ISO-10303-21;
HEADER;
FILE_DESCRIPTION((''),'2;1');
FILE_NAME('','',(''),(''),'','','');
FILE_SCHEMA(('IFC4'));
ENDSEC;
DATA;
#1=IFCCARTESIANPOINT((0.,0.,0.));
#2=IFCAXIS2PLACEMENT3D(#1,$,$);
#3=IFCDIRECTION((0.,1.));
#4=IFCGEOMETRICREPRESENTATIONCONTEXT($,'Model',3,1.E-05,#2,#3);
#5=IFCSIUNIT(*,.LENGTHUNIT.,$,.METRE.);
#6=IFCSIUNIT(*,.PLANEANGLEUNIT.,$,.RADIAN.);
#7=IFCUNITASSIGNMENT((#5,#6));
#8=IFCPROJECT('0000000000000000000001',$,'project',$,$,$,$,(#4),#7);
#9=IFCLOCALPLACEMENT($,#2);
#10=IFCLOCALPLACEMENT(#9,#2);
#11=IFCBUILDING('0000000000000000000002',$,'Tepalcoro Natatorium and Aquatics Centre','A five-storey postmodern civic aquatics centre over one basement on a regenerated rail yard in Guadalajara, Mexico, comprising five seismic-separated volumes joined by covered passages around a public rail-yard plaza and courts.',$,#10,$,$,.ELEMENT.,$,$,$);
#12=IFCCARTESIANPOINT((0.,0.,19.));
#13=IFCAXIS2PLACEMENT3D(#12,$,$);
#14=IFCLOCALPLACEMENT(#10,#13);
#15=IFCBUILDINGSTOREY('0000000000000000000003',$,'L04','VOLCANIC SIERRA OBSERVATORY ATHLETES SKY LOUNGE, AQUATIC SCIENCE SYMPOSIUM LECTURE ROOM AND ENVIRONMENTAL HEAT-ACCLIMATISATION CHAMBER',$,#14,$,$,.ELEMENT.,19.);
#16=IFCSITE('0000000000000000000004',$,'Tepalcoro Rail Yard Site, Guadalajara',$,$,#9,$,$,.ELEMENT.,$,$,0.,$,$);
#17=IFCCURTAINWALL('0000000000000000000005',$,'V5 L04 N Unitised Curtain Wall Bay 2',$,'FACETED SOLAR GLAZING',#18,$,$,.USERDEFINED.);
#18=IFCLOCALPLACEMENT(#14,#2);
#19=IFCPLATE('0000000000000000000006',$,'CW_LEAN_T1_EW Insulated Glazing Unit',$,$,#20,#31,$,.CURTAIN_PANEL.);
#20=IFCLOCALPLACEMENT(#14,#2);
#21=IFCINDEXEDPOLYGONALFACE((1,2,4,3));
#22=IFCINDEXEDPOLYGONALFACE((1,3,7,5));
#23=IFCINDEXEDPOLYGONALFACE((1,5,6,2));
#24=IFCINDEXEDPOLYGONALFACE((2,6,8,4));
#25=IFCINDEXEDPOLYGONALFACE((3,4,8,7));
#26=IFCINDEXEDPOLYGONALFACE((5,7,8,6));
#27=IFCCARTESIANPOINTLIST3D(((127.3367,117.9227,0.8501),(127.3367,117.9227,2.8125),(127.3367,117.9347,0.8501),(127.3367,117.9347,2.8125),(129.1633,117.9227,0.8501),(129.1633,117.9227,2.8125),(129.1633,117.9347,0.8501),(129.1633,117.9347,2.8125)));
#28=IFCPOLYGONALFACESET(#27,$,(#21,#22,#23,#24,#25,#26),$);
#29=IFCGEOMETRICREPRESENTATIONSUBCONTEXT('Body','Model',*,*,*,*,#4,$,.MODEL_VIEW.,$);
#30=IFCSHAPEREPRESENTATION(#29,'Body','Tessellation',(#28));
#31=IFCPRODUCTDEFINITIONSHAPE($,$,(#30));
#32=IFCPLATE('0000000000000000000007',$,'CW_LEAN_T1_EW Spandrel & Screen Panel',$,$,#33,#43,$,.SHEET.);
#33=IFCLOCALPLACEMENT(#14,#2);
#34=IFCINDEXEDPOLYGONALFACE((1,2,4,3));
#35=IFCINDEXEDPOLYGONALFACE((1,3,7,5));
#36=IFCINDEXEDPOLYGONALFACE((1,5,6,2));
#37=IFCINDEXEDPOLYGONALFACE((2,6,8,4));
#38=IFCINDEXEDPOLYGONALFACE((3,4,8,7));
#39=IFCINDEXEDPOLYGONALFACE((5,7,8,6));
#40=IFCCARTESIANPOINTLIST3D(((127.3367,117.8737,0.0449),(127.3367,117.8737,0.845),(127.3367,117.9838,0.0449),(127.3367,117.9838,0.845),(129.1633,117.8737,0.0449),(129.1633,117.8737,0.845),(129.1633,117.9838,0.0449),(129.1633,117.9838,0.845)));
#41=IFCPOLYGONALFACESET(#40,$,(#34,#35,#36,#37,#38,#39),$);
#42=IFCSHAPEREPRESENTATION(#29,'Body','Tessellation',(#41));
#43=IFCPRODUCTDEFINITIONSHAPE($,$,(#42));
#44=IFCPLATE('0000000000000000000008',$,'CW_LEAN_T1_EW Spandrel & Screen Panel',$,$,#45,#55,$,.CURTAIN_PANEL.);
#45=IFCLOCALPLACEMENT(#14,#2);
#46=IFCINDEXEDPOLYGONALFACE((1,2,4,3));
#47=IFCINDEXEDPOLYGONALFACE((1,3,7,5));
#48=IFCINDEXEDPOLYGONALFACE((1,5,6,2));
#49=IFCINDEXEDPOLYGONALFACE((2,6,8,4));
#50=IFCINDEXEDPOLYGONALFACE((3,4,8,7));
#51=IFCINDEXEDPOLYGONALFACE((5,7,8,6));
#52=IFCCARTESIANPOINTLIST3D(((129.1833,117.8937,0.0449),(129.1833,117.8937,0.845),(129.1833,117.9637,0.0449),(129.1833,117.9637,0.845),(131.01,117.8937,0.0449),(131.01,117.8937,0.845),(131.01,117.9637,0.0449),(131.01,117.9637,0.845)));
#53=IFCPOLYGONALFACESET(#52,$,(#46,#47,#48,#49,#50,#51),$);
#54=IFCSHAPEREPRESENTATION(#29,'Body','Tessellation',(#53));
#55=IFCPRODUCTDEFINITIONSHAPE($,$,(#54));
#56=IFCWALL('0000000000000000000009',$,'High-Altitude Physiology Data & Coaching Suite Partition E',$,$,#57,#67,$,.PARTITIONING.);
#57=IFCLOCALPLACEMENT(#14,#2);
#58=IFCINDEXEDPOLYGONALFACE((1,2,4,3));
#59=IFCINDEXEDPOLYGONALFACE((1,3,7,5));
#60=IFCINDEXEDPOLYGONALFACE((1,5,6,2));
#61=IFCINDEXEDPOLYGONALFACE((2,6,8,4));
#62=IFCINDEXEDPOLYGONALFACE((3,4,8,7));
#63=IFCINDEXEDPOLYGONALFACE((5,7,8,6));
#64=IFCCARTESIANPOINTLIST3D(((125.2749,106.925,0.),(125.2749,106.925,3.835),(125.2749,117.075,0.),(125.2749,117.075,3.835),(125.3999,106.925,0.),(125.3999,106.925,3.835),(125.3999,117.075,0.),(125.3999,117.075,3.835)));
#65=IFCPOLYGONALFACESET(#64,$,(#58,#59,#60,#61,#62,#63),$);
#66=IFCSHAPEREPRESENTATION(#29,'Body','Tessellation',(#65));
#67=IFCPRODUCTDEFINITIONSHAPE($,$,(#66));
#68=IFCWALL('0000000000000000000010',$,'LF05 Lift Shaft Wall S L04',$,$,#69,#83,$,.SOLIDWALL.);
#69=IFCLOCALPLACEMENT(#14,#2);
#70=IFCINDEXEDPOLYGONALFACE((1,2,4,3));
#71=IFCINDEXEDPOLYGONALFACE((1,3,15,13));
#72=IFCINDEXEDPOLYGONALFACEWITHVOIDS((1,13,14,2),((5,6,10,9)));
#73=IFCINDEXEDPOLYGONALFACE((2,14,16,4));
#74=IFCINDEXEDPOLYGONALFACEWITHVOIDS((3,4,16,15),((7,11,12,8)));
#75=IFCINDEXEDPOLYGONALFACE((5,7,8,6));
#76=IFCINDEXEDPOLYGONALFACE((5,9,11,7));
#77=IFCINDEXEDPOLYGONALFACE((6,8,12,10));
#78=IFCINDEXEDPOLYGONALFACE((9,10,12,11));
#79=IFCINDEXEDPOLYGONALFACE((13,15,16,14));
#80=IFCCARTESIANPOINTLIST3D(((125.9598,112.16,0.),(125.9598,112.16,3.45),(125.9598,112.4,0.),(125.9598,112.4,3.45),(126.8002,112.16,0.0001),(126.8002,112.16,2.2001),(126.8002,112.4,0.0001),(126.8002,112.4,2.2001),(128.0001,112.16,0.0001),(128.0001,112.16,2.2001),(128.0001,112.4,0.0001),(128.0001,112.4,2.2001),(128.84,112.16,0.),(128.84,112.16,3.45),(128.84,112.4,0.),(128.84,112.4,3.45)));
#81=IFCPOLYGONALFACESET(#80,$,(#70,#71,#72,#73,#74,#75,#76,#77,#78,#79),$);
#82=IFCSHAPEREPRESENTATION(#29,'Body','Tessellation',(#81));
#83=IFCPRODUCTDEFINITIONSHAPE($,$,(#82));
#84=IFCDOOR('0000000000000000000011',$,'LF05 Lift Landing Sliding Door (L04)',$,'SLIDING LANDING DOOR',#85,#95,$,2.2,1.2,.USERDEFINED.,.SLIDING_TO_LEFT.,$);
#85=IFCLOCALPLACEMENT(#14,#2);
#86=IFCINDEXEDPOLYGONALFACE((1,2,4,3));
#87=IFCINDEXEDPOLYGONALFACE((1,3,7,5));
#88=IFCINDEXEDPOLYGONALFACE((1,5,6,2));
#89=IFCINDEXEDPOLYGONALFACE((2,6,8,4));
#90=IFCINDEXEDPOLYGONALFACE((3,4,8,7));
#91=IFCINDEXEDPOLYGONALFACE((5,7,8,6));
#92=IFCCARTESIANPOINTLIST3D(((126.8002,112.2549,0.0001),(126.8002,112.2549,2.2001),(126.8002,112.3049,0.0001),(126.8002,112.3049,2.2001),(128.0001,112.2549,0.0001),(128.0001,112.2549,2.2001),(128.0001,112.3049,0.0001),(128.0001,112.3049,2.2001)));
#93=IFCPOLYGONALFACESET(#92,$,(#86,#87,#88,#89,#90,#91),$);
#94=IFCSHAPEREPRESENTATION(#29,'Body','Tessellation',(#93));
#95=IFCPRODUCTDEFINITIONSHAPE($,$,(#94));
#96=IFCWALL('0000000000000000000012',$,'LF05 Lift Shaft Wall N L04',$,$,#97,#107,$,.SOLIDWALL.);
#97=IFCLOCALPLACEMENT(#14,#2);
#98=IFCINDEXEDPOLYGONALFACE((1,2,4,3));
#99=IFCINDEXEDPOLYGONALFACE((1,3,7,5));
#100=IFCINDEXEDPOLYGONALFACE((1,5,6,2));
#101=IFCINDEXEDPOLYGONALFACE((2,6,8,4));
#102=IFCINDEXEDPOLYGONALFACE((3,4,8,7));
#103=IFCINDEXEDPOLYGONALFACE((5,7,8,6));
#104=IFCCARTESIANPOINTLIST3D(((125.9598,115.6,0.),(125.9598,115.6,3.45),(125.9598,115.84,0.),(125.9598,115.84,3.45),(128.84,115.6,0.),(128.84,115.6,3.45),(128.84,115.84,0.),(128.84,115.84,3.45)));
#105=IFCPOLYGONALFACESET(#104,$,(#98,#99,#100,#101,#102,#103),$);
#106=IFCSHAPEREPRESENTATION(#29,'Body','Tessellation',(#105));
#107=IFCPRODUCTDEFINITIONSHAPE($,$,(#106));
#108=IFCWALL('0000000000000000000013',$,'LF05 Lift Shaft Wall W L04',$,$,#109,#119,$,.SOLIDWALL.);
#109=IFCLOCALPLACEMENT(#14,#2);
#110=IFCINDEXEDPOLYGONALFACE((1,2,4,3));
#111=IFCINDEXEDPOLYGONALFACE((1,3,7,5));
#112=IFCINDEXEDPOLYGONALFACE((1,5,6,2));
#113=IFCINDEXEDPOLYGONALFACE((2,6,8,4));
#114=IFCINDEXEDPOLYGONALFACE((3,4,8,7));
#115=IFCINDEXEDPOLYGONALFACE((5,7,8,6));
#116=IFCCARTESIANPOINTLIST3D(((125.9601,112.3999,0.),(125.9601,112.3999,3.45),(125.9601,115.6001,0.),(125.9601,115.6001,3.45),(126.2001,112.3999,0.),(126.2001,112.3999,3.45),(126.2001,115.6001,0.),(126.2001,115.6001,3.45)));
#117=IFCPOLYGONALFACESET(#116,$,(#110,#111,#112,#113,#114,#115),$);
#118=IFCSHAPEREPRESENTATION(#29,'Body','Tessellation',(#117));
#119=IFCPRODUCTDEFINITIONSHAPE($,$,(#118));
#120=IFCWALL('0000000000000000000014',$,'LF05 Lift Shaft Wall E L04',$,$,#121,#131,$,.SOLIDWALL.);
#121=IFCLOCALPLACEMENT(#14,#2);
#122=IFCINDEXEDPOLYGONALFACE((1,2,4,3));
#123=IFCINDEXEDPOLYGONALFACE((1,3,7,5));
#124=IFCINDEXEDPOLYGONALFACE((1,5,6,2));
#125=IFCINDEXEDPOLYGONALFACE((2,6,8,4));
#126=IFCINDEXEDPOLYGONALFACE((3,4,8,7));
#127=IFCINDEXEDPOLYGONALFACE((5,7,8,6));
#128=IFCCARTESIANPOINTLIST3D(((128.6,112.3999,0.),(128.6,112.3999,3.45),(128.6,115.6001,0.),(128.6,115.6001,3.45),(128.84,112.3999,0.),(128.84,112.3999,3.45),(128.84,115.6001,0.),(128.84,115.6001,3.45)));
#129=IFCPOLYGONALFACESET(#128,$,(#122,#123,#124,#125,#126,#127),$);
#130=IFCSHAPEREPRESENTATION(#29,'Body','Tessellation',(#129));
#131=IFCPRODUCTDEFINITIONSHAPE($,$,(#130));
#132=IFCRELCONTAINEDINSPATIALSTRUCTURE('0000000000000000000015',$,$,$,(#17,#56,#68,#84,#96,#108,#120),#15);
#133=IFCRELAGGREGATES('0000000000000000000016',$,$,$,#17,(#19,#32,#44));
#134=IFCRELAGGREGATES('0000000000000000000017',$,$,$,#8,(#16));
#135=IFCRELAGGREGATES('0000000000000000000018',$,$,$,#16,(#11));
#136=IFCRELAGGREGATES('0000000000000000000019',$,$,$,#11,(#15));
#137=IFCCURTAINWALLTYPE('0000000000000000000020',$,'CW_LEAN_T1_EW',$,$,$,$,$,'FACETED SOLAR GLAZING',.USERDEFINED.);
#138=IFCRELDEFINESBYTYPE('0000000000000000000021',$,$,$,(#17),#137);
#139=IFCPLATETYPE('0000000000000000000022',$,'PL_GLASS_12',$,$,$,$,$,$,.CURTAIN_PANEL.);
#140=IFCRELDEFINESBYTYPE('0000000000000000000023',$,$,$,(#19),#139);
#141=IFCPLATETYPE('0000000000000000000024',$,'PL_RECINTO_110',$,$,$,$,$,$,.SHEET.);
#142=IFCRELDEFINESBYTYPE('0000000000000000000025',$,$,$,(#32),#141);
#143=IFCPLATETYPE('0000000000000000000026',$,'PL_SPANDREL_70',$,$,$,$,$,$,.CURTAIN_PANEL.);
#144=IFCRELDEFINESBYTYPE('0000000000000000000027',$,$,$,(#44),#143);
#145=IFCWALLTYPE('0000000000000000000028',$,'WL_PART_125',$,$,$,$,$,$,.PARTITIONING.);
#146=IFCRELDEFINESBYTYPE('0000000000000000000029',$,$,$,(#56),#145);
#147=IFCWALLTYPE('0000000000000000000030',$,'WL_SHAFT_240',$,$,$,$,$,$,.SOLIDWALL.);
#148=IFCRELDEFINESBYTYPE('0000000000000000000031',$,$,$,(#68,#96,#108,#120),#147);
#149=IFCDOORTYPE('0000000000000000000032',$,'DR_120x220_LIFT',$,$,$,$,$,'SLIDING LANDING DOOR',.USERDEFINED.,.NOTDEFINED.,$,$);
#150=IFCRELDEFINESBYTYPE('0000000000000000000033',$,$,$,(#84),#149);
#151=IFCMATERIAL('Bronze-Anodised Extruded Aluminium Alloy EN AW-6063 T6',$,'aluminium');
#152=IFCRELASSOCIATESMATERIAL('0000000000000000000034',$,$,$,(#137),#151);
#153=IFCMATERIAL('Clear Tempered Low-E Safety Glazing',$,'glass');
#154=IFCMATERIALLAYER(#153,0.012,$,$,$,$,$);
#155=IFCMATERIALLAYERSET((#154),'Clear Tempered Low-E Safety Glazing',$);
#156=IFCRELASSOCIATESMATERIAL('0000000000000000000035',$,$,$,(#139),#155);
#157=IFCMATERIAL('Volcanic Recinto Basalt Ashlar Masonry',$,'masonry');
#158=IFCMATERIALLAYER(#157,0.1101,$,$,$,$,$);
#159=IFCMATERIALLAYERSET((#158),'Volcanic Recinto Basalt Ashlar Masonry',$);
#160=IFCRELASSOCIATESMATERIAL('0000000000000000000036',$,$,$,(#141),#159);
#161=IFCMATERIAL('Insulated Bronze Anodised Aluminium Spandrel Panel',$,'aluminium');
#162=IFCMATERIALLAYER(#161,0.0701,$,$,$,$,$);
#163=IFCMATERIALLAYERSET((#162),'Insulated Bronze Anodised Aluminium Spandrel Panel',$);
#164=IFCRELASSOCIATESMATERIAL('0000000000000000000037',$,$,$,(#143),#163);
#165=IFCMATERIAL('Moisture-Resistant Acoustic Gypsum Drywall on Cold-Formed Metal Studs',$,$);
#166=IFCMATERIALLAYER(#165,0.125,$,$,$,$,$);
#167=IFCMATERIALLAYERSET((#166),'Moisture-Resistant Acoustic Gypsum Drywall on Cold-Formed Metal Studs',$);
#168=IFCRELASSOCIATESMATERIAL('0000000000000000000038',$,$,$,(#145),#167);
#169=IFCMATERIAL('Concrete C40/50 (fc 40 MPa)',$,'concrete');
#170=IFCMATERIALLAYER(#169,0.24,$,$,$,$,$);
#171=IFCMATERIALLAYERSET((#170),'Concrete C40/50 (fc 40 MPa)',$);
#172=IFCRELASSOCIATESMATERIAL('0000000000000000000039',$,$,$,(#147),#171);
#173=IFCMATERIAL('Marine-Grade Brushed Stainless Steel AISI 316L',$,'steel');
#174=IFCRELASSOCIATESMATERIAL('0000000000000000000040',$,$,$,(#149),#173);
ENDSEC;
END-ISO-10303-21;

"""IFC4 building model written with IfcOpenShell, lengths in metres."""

from ifc_helpers import new_model, si_unit, direction, frame, frame_2d, origin, origin_2d, place, context, subcontext, project, spatial, rectangle, extrude, material, layer, layer_set, type_object, element, fill, aggregate, save


model = new_model("IFC4")

# Units and contexts
model_context = context("Model", 3, precision=1e-05, world=origin(), true_north=direction((0.0, 1.0)))
body_context = subcontext(model_context, "Body", "Model", "MODEL_VIEW")
ifc_project = project(units=[si_unit("LENGTHUNIT", "METRE"), si_unit("PLANEANGLEUNIT", "RADIAN")], contexts=[model_context])

# Site, building, storey
site_placement = place(None, origin())
site = spatial("IfcSite", under=ifc_project, at=site_placement, Name="Tepalcoro Rail Yard Site, Guadalajara", CompositionType="ELEMENT", RefElevation=0.0)
building_placement = place(site_placement, origin())
building = spatial("IfcBuilding", under=site, at=building_placement, Name="Tepalcoro Natatorium and Aquatics Centre", Description="A five-storey postmodern civic aquatics centre over one basement on a regenerated rail yard in Guadalajara, Mexico, comprising five seismic-separated volumes joined by covered passages around a public rail-yard plaza and courts.", CompositionType="ELEMENT")
storey_placement = place(building_placement, frame((0.0, 0.0, 19.0)))
storey = spatial("IfcBuildingStorey", under=building, at=storey_placement, Name="L04", Description="VOLCANIC SIERRA OBSERVATORY ATHLETES SKY LOUNGE, AQUATIC SCIENCE SYMPOSIUM LECTURE ROOM AND ENVIRONMENTAL HEAT-ACCLIMATISATION CHAMBER", CompositionType="ELEMENT", Elevation=19.0)

# Shared definitions
ifc_material_1 = material(Name="Concrete C40/50 (fc 40 MPa)", Category="concrete")

# Curtain wall
ifc_material_2 = material(Name="Bronze-Anodised Extruded Aluminium Alloy EN AW-6063 T6", Category="aluminium")
curtain_wall_type = type_object("IfcCurtainWallType", Name="CW_LEAN_T1_EW", ElementType="FACETED SOLAR GLAZING", PredefinedType="USERDEFINED", material=ifc_material_2)
curtain_wall_placement = place(storey_placement, origin())
curtain_wall = element("IfcCurtainWall", 1, at=curtain_wall_placement, inside=storey, type_object=curtain_wall_type, Name="V5 L04 N Unitised Curtain Wall Bay 2", ObjectType="FACETED SOLAR GLAZING", PredefinedType="USERDEFINED")

# Plates
ifc_material_3 = material(Name="Clear Tempered Low-E Safety Glazing", Category="glass")
ifc_layer_1 = layer(ifc_material_3, 0.012)
ifc_layer_set_1 = layer_set([ifc_layer_1], Name="Clear Tempered Low-E Safety Glazing")
plate_type_1 = type_object("IfcPlateType", Name="PL_GLASS_12", PredefinedType="CURTAIN_PANEL", material=ifc_layer_set_1)
plate_1_placement = place(storey_placement, frame((128.25, 117.9287, 0.8501), z_axis=(0.0, 0.0, 1.0), x_axis=(1.0, 0.0, 0.0)))
plate_1 = element("IfcPlate", 2, at=plate_1_placement, type_object=plate_type_1, Name="CW_LEAN_T1_EW Insulated Glazing Unit", PredefinedType="CURTAIN_PANEL", context=body_context, shape_type="SweptSolid", body=[
    extrude(rectangle(XDim=1.8267, YDim=0.012, at=origin_2d()), origin(), (0.0, 0.0, 1.0), 1.9624),
])
ifc_material_4 = material(Name="Volcanic Recinto Basalt Ashlar Masonry", Category="masonry")
ifc_layer_2 = layer(ifc_material_4, 0.1101)
ifc_layer_set_2 = layer_set([ifc_layer_2], Name="Volcanic Recinto Basalt Ashlar Masonry")
plate_type_2 = type_object("IfcPlateType", Name="PL_RECINTO_110", PredefinedType="SHEET", material=ifc_layer_set_2)
plate_2_placement = place(storey_placement, frame((128.25, 117.9287, 0.0449), z_axis=(0.0, 0.0, 1.0), x_axis=(1.0, 0.0, 0.0)))
plate_2 = element("IfcPlate", 3, at=plate_2_placement, type_object=plate_type_2, Name="CW_LEAN_T1_EW Spandrel & Screen Panel", PredefinedType="SHEET", context=body_context, shape_type="SweptSolid", body=[
    extrude(rectangle(XDim=1.8267, YDim=0.1101, at=origin_2d()), origin(), (0.0, 0.0, 1.0), 0.8),
])
ifc_material_5 = material(Name="Insulated Bronze Anodised Aluminium Spandrel Panel", Category="aluminium")
ifc_layer_3 = layer(ifc_material_5, 0.0701)
ifc_layer_set_3 = layer_set([ifc_layer_3], Name="Insulated Bronze Anodised Aluminium Spandrel Panel")
plate_type_3 = type_object("IfcPlateType", Name="PL_SPANDREL_70", PredefinedType="CURTAIN_PANEL", material=ifc_layer_set_3)
plate_3_placement = place(storey_placement, frame((130.0967, 117.9287, 0.0449), z_axis=(0.0, 0.0, 1.0), x_axis=(1.0, 0.0, 0.0)))
plate_3 = element("IfcPlate", 4, at=plate_3_placement, type_object=plate_type_3, Name="CW_LEAN_T1_EW Spandrel & Screen Panel", PredefinedType="CURTAIN_PANEL", context=body_context, shape_type="SweptSolid", body=[
    extrude(rectangle(XDim=1.8267, YDim=0.0701, at=origin_2d()), origin(), (0.0, 0.0, 1.0), 0.8),
])
aggregate(curtain_wall, [plate_1, plate_2, plate_3])

# Wall
ifc_material_6 = material(Name="Moisture-Resistant Acoustic Gypsum Drywall on Cold-Formed Metal Studs")
ifc_layer_4 = layer(ifc_material_6, 0.125)
ifc_layer_set_4 = layer_set([ifc_layer_4], Name="Moisture-Resistant Acoustic Gypsum Drywall on Cold-Formed Metal Studs")
wall_type_1 = type_object("IfcWallType", Name="WL_PART_125", PredefinedType="PARTITIONING", material=ifc_layer_set_4)
wall_1_placement = place(storey_placement, frame((125.3374, 106.925, 0.0), z_axis=(0.0, 0.0, 1.0), x_axis=(0.0, 1.0, 0.0)))
element("IfcWall", 5, at=wall_1_placement, inside=storey, type_object=wall_type_1, Name="High-Altitude Physiology Data & Coaching Suite Partition E", PredefinedType="PARTITIONING", context=body_context, shape_type="SweptSolid", body=[
    extrude(rectangle(XDim=10.1499, YDim=0.125, at=frame_2d((5.075, 0.0))), origin(), (0.0, 0.0, 1.0), 3.835),
])

# Wall, opening, door
ifc_layer_5 = layer(ifc_material_1, 0.24)
ifc_layer_set_5 = layer_set([ifc_layer_5], Name="Concrete C40/50 (fc 40 MPa)")
wall_type_2 = type_object("IfcWallType", Name="WL_SHAFT_240", PredefinedType="SOLIDWALL", material=ifc_layer_set_5)
wall_2_placement = place(storey_placement, frame((125.96, 112.28, 0.0), z_axis=(0.0, 0.0, 1.0), x_axis=(1.0, 0.0, 0.0)))
wall_2 = element("IfcWall", 6, at=wall_2_placement, inside=storey, type_object=wall_type_2, Name="LF05 Lift Shaft Wall S L04", PredefinedType="SOLIDWALL", context=body_context, shape_type="SweptSolid", body=[
    extrude(rectangle(XDim=2.8801, YDim=0.24, at=frame_2d((1.4399, 0.0))), origin(), (0.0, 0.0, 1.0), 3.45),
])
opening_placement = place(wall_2_placement, frame((0.8401, 0.0, 0.0)))
opening = element("IfcOpeningElement", 7, at=opening_placement, cuts=wall_2, PredefinedType="OPENING", context=body_context, shape_type="SweptSolid", body=[
    extrude(rectangle(XDim=1.2, YDim=2.2, at=frame_2d((0.6001, 1.1001))), frame((0.0, 0.1318, 0.0), z_axis=(0.0, -1.0, 0.0), x_axis=(1.0, 0.0, 0.0)), (0.0, 0.0, 1.0), 0.2639),
])
ifc_material_7 = material(Name="Marine-Grade Brushed Stainless Steel AISI 316L", Category="steel")
door_type = type_object("IfcDoorType", Name="DR_120x220_LIFT", ElementType="SLIDING LANDING DOOR", OperationType="NOTDEFINED", PredefinedType="USERDEFINED", material=ifc_material_7)
door_placement = place(opening_placement, origin())
door = element("IfcDoor", 8, at=door_placement, inside=storey, type_object=door_type, Name="LF05 Lift Landing Sliding Door (L04)", ObjectType="SLIDING LANDING DOOR", OperationType="SLIDING_TO_LEFT", OverallHeight=2.2, OverallWidth=1.2, PredefinedType="USERDEFINED", context=body_context, shape_type="SweptSolid", body=[
    extrude(rectangle(XDim=1.2, YDim=2.2, at=frame_2d((0.6001, 1.1001))), frame((0.0, 0.0249, 0.0), z_axis=(0.0, -1.0, 0.0), x_axis=(1.0, 0.0, 0.0)), (0.0, 0.0, 1.0), 0.05),
])
fill(opening, door)

# Walls
wall_3_placement = place(storey_placement, frame((125.96, 115.72, 0.0), z_axis=(0.0, 0.0, 1.0), x_axis=(1.0, 0.0, 0.0)))
element("IfcWall", 9, at=wall_3_placement, inside=storey, type_object=wall_type_2, Name="LF05 Lift Shaft Wall N L04", PredefinedType="SOLIDWALL", context=body_context, shape_type="SweptSolid", body=[
    extrude(rectangle(XDim=2.8801, YDim=0.24, at=frame_2d((1.4399, 0.0))), origin(), (0.0, 0.0, 1.0), 3.45),
])
for number, where, z_axis, x_axis, name in (
    (10, (126.0801, 112.3999, 0.0), (0.0, 0.0, 1.0), (0.0, 1.0, 0.0), "LF05 Lift Shaft Wall W L04"),
    (11, (128.72, 112.3999, 0.0), (0.0, 0.0, 1.0), (0.0, 1.0, 0.0), "LF05 Lift Shaft Wall E L04"),
):
    element("IfcWall", number, at=place(storey_placement, frame(where, z_axis=z_axis, x_axis=x_axis)), inside=storey, type_object=wall_type_2, Name=name, PredefinedType="SOLIDWALL", context=body_context, shape_type="SweptSolid", body=[
        extrude(rectangle(XDim=3.2002, YDim=0.24, at=frame_2d((1.6001, 0.0))), origin(), (0.0, 0.0, 1.0), 3.45),
    ])

save(model, "model.ifc")
